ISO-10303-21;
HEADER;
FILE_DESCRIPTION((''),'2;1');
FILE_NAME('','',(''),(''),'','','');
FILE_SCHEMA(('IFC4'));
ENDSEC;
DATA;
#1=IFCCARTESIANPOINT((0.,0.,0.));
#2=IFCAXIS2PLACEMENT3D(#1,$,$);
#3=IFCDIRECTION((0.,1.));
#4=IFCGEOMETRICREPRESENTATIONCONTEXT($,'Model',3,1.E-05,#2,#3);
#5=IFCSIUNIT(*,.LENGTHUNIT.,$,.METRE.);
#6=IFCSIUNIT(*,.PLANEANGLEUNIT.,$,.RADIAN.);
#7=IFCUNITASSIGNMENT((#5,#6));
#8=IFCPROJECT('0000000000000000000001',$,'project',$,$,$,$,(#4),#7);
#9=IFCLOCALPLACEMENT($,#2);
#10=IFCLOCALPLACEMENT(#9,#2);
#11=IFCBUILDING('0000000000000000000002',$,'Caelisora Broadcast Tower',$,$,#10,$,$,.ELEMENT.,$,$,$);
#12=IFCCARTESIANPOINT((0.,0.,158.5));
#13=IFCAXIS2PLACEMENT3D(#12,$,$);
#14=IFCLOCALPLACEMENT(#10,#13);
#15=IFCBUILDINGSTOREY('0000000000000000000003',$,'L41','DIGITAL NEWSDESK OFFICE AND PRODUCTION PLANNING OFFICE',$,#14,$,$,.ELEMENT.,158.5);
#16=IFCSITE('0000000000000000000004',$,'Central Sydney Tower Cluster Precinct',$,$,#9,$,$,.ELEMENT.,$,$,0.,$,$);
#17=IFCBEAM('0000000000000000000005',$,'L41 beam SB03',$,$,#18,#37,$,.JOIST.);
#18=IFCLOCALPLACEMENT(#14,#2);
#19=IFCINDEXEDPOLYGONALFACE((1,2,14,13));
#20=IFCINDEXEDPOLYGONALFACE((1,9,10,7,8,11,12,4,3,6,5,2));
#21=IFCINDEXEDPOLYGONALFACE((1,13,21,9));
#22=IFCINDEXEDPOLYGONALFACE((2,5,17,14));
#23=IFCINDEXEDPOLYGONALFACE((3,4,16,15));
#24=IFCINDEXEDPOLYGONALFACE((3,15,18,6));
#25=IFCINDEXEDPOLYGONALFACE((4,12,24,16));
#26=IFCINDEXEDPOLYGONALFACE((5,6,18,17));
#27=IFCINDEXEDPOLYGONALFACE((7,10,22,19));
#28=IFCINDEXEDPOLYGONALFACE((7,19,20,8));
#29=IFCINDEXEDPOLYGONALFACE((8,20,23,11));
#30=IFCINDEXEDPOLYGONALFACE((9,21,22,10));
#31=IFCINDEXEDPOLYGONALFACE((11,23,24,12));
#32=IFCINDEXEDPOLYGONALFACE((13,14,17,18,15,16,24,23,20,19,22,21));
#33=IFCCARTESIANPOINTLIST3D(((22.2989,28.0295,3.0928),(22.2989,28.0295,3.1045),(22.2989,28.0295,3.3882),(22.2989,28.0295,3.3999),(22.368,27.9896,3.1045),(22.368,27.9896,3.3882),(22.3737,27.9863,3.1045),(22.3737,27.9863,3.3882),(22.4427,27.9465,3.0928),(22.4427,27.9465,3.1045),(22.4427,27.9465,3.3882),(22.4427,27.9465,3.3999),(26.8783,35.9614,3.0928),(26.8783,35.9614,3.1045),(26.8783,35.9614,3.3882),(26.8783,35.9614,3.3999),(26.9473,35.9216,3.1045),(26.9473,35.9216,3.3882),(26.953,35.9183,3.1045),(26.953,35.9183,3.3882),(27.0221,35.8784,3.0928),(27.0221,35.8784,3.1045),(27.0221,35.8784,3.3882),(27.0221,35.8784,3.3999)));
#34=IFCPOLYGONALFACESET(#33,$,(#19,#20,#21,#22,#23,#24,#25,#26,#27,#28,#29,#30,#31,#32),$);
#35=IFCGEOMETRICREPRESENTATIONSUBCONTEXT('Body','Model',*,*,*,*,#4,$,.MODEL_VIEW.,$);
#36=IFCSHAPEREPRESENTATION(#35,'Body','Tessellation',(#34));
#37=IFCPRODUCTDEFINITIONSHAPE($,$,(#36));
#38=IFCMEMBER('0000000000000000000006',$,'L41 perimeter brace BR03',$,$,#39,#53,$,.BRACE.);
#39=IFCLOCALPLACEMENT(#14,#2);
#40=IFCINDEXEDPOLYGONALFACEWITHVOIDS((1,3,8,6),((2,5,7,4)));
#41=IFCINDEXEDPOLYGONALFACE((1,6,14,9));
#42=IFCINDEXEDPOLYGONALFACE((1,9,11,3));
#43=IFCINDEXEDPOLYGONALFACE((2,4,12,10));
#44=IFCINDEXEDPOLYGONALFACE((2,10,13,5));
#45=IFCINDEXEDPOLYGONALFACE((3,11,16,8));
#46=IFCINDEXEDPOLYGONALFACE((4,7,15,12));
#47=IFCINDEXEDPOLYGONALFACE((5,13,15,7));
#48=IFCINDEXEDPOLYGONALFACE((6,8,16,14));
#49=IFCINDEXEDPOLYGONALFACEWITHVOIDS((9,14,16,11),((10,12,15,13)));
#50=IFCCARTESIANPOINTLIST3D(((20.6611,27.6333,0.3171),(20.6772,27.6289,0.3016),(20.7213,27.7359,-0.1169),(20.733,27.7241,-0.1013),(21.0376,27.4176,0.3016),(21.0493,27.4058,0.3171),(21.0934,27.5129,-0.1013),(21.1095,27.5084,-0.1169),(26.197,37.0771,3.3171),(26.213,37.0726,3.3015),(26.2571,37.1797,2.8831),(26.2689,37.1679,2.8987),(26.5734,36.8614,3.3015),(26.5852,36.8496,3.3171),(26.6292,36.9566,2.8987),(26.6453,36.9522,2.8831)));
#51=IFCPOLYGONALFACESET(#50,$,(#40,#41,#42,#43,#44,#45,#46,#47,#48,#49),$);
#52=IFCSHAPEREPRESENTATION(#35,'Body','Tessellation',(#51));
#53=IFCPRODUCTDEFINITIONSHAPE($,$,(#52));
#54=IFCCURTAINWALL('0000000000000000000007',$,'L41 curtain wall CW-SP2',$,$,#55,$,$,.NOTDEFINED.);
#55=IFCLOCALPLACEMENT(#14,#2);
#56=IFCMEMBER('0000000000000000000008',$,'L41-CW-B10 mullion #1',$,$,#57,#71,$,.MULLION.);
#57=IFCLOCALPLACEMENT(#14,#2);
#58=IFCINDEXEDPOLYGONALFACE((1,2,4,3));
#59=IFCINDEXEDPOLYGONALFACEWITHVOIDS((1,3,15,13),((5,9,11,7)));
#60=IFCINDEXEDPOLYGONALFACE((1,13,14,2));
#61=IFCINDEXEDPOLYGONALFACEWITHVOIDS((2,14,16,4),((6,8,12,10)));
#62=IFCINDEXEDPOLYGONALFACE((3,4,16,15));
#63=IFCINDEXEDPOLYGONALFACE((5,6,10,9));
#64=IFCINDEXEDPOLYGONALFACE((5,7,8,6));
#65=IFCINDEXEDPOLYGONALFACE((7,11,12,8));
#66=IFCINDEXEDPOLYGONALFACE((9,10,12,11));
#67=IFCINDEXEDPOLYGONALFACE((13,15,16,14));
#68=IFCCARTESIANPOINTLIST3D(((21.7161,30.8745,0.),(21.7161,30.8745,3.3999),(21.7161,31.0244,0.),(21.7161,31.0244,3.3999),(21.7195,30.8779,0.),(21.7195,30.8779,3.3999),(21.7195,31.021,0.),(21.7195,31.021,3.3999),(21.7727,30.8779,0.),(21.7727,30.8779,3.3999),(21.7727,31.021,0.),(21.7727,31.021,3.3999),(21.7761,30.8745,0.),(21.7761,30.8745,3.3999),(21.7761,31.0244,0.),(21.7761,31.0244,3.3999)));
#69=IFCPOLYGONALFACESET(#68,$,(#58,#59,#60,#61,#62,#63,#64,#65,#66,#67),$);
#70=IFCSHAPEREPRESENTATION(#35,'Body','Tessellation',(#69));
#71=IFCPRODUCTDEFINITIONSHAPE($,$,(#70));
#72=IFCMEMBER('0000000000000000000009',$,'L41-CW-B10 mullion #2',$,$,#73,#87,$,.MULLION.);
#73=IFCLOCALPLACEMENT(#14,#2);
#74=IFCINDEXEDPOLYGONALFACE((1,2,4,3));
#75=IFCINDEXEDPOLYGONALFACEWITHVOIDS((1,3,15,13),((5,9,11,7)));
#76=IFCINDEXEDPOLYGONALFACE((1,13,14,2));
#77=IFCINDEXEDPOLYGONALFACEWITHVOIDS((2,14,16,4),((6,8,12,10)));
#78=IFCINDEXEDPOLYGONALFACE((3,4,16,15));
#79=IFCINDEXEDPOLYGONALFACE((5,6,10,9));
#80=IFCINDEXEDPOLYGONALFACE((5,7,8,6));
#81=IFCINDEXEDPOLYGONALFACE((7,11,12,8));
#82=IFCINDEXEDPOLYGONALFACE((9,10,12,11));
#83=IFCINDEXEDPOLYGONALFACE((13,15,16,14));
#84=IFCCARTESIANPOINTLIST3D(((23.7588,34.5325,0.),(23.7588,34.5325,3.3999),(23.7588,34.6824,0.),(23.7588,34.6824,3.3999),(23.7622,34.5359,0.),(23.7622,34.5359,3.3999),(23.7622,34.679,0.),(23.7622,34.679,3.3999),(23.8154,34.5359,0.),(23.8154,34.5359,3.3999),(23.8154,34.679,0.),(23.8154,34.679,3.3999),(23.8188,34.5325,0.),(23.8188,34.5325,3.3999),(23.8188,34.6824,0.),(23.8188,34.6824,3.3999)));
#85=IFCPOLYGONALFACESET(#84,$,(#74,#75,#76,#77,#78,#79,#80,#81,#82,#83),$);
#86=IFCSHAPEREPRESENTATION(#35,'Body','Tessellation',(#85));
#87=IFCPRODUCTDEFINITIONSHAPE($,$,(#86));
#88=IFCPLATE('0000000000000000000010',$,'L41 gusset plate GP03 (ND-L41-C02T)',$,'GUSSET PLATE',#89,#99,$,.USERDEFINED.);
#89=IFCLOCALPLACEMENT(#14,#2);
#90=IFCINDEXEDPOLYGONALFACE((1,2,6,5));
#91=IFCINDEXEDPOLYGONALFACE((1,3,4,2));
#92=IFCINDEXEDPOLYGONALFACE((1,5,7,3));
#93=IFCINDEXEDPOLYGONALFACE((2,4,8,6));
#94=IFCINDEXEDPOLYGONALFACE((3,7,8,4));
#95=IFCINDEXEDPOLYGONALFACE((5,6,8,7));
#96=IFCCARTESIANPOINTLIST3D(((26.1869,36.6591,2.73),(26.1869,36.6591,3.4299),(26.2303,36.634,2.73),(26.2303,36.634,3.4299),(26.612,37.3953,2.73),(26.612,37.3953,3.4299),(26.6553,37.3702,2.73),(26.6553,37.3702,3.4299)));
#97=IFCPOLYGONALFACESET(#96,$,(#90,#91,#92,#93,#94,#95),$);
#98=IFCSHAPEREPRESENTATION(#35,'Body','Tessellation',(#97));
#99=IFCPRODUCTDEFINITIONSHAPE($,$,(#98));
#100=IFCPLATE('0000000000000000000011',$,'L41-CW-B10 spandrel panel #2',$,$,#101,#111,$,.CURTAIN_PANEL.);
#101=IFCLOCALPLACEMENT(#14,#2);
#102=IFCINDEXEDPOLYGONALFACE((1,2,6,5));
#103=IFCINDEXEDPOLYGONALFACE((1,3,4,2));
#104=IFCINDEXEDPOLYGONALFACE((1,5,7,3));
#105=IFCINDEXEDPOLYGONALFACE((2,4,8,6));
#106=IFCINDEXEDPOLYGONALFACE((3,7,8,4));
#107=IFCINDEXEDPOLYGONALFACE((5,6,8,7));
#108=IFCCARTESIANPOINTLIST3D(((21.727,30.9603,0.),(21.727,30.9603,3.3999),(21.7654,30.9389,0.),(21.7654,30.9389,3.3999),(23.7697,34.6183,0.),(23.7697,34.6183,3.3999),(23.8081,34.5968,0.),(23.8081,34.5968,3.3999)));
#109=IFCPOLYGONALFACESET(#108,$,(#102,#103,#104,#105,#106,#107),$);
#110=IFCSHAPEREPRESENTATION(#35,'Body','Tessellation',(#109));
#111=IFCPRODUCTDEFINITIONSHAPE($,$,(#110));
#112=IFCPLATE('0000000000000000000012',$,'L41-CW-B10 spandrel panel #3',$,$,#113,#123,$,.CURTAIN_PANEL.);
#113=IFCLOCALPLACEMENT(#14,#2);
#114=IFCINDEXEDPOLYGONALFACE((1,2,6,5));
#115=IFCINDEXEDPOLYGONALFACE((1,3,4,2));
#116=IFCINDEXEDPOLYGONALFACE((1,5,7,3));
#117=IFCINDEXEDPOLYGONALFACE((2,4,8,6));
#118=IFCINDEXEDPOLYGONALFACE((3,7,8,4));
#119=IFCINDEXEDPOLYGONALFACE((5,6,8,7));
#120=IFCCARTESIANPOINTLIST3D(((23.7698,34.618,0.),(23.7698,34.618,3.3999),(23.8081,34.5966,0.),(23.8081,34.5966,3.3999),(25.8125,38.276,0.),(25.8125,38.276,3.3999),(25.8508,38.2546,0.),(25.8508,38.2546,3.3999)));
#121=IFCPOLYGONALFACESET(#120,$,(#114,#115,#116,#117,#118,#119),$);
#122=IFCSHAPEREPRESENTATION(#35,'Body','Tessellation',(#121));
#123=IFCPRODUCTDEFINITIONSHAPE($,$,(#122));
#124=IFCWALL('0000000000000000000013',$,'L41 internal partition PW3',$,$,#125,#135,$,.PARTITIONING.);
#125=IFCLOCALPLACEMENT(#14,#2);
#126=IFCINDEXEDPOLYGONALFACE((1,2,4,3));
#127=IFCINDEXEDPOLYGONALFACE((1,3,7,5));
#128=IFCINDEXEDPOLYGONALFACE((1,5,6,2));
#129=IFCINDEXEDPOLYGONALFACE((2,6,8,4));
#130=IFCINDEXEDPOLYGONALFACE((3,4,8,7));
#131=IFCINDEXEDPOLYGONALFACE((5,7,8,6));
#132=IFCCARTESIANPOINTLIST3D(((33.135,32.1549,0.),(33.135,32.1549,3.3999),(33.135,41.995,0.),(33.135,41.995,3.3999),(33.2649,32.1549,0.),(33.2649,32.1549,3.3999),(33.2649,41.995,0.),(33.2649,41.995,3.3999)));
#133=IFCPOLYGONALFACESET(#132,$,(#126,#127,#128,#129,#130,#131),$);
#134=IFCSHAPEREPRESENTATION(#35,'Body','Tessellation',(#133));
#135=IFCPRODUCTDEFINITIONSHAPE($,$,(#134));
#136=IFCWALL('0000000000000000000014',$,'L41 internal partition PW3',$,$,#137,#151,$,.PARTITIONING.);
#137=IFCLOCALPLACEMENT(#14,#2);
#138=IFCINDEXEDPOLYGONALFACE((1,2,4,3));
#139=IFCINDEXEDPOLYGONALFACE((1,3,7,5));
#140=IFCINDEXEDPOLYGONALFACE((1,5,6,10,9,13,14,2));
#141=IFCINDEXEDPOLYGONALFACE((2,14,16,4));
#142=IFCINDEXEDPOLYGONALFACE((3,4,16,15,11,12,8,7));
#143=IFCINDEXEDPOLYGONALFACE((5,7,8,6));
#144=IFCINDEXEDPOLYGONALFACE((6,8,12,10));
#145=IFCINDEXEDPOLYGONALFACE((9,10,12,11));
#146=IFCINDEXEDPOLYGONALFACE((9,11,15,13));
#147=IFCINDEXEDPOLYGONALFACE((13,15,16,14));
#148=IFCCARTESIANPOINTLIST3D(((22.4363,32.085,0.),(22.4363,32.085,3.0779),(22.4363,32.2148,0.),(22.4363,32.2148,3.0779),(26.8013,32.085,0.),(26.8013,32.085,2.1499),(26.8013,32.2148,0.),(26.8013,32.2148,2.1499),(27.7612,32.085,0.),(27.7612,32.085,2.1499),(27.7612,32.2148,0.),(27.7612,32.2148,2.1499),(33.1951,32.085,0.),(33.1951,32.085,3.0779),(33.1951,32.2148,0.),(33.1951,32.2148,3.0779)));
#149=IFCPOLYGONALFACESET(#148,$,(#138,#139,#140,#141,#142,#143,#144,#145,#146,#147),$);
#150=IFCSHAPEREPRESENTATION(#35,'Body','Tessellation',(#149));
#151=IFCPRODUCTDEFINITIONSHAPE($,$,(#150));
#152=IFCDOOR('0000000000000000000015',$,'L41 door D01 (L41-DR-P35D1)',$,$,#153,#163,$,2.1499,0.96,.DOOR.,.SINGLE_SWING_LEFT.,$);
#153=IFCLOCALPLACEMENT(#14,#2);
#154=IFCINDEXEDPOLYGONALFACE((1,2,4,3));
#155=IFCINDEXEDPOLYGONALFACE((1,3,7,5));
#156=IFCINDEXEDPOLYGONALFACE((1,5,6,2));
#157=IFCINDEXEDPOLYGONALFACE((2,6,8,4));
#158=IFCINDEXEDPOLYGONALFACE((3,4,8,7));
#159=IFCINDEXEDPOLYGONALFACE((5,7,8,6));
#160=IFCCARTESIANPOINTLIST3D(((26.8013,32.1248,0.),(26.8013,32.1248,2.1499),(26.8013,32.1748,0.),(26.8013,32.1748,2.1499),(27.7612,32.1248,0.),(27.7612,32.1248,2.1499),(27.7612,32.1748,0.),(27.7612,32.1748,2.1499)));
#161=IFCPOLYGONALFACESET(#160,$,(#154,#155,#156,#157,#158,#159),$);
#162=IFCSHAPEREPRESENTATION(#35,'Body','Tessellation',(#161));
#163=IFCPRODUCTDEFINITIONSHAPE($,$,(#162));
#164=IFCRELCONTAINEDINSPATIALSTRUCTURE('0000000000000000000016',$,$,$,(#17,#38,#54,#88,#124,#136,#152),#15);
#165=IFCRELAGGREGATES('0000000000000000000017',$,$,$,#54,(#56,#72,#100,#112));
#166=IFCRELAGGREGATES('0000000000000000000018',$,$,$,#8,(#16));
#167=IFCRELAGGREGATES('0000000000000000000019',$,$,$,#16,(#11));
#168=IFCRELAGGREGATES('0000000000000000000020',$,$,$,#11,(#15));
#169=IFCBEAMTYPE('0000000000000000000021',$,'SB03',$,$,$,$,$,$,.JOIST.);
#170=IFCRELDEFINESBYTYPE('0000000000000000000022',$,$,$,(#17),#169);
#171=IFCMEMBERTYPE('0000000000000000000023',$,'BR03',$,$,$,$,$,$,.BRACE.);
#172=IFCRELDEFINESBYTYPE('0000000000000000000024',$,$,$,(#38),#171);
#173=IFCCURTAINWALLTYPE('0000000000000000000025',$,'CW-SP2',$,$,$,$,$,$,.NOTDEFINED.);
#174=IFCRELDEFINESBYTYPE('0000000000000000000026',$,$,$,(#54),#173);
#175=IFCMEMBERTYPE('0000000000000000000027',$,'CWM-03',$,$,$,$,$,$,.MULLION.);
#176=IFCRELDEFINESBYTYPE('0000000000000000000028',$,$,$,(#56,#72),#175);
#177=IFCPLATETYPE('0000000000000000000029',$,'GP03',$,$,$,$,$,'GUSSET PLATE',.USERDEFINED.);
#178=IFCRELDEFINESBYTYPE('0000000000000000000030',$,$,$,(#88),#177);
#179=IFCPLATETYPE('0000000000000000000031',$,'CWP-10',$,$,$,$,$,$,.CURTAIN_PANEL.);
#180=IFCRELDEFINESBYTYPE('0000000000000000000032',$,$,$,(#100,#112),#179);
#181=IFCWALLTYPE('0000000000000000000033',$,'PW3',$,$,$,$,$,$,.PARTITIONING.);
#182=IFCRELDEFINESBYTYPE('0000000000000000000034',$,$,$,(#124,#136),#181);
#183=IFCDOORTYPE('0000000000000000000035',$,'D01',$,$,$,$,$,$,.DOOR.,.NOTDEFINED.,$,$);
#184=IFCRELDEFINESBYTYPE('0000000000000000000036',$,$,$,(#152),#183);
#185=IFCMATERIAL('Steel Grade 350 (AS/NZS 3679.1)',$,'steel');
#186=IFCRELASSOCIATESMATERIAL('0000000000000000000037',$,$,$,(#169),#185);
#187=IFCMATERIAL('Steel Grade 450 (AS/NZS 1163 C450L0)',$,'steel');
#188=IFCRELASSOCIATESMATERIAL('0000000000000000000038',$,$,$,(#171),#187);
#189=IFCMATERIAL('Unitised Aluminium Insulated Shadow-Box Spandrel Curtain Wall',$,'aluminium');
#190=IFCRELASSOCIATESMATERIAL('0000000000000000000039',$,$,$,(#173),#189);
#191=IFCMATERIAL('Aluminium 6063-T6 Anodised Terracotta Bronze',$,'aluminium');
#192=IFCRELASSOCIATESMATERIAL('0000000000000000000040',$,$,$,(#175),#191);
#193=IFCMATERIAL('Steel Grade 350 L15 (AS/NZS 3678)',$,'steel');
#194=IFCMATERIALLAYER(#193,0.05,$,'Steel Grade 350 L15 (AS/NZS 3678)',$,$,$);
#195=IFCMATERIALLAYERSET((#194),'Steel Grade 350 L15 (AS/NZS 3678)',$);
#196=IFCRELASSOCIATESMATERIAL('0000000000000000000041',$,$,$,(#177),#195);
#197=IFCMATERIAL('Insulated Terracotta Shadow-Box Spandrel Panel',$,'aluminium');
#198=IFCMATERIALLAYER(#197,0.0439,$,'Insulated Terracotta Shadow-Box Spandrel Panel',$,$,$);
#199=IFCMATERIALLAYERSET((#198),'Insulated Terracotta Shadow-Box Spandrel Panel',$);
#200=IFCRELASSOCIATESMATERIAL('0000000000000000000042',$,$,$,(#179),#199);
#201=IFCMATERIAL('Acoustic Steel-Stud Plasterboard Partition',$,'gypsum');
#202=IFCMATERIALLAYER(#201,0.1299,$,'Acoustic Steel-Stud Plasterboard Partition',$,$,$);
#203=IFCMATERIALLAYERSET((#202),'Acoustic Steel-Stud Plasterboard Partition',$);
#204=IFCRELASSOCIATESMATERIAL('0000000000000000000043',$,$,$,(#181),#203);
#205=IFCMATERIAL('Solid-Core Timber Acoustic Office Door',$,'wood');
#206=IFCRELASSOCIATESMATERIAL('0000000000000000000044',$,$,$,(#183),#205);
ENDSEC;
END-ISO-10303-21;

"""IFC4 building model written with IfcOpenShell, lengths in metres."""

from ifc_helpers import new_model, si_unit, direction, frame, frame_2d, origin, origin_2d, place, context, subcontext, project, spatial, rectangle, hollow_rectangle, i_section, extrude, source, transform, mapped, material, layer, layer_set, material_profile, profile_set, type_object, type_shapes, element, fill, aggregate, save


model = new_model("IFC4")

# Units and contexts
model_context = context("Model", 3, precision=1e-05, world=origin(), true_north=direction((0.0, 1.0)))
body_context = subcontext(model_context, "Body", "Model", "MODEL_VIEW")
ifc_project = project(units=[si_unit("LENGTHUNIT", "METRE"), si_unit("PLANEANGLEUNIT", "RADIAN")], contexts=[model_context])

# Site, building, storey
site_placement = place(None, origin())
site = spatial("IfcSite", under=ifc_project, at=site_placement, Name="Central Sydney Tower Cluster Precinct", CompositionType="ELEMENT", RefElevation=0.0)
building_placement = place(site_placement, origin())
building = spatial("IfcBuilding", under=site, at=building_placement, Name="Caelisora Broadcast Tower", CompositionType="ELEMENT")
storey_placement = place(building_placement, frame((0.0, 0.0, 158.5)))
storey = spatial("IfcBuildingStorey", under=building, at=storey_placement, Name="L41", Description="DIGITAL NEWSDESK OFFICE AND PRODUCTION PLANNING OFFICE", CompositionType="ELEMENT", Elevation=158.5)

# Shared definitions
ifc_material_1 = material(Name="Steel Grade 350 L15 (AS/NZS 3678)", Category="steel")

# Beam
ifc_material_2 = material(Name="Steel Grade 350 (AS/NZS 3679.1)", Category="steel")
ifc_material_profile_1 = material_profile(ifc_material_2, i_section(OverallWidth=0.166, OverallDepth=0.3071, WebThickness=0.0066, FlangeThickness=0.0117, at=origin_2d()), Name="Steel Grade 350 (AS/NZS 3679.1)")
ifc_profile_set_1 = profile_set([ifc_material_profile_1], Name="Steel Grade 350 (AS/NZS 3679.1)")
beam_type_1 = type_object("IfcBeamType", Name="SB03", PredefinedType="JOIST", material=ifc_profile_set_1)
shared_shape_1 = source(origin(), body_context, "Body", "SweptSolid", [
    extrude(i_section(OverallWidth=0.166, OverallDepth=0.3071, WebThickness=0.0066, FlangeThickness=0.0117, at=origin_2d()), origin(), (0.0, 0.0, 1.0), 9.1589),
])
beam_1_placement = place(storey_placement, frame((26.9502, 35.9199, 3.2463), z_axis=(-0.499989, -0.866032, 0.0), x_axis=(0.866032, -0.499989, 0.0)))
element("IfcBeam", 1, at=beam_1_placement, inside=storey, type_object=beam_type_1, Name="L41 beam SB03", PredefinedType="JOIST", context=body_context, shape_type="MappedRepresentation", body=[
    mapped(shared_shape_1, transform((0.0, 0.0, 0.0), scale=1.0)),
])

# Member
ifc_material_3 = material(Name="Steel Grade 450 (AS/NZS 1163 C450L0)", Category="steel")
ifc_material_profile_2 = material_profile(ifc_material_3, hollow_rectangle(XDim=0.45, YDim=0.45, WallThickness=0.0161, at=origin_2d()), Name="Steel Grade 450 (AS/NZS 1163 C450L0)")
ifc_profile_set_2 = profile_set([ifc_material_profile_2], Name="Steel Grade 450 (AS/NZS 1163 C450L0)")
member_type_1 = type_object("IfcMemberType", Name="BR03", PredefinedType="BRACE", material=ifc_profile_set_2)
shared_shape_2 = source(origin(), body_context, "Body", "SweptSolid", [
    extrude(hollow_rectangle(XDim=0.45, YDim=0.45, WallThickness=0.0161, at=origin_2d()), origin(), (0.0, 0.0, 1.0), 11.3503),
])
type_shapes(member_type_1, [shared_shape_2])
member_1_placement = place(storey_placement, frame((26.4211, 37.0146, 3.1001), z_axis=(-0.487725, -0.832025, -0.264307), x_axis=(0.862704, -0.505709, 0.0)))
element("IfcMember", 2, at=member_1_placement, inside=storey, type_object=member_type_1, Name="L41 perimeter brace BR03", PredefinedType="BRACE", context=body_context, shape_type="MappedRepresentation", body=[
    mapped(shared_shape_2, transform((0.0, 0.0, 0.0), scale=1.0)),
])

# Curtain wall, members
ifc_material_4 = material(Name="Unitised Aluminium Insulated Shadow-Box Spandrel Curtain Wall", Category="aluminium")
curtain_wall_type = type_object("IfcCurtainWallType", Name="CW-SP2", PredefinedType="NOTDEFINED", material=ifc_material_4)
curtain_wall_placement = place(storey_placement, origin())
curtain_wall = element("IfcCurtainWall", 3, at=curtain_wall_placement, inside=storey, type_object=curtain_wall_type, Name="L41 curtain wall CW-SP2", PredefinedType="NOTDEFINED")
ifc_material_5 = material(Name="Aluminium 6063-T6 Anodised Terracotta Bronze", Category="aluminium")
ifc_material_profile_3 = material_profile(ifc_material_5, hollow_rectangle(XDim=0.0601, YDim=0.1499, WallThickness=0.0034, at=origin_2d()), Name="Aluminium 6063-T6 Anodised Terracotta Bronze")
ifc_profile_set_3 = profile_set([ifc_material_profile_3], Name="Aluminium 6063-T6 Anodised Terracotta Bronze")
member_type_2 = type_object("IfcMemberType", Name="CWM-03", PredefinedType="MULLION", material=ifc_profile_set_3)
shared_shape_3 = source(origin(), body_context, "Body", "SweptSolid", [
    extrude(hollow_rectangle(XDim=0.0601, YDim=0.1499, WallThickness=0.0034, at=origin_2d()), origin(), (0.0, 0.0, 1.0), 3.3999),
])
type_shapes(member_type_2, [shared_shape_3])
member_2_placement = place(storey_placement, frame((21.7461, 30.9495, 0.0), z_axis=(0.0, 0.0, 1.0), x_axis=(1.0, 0.0, 0.0)))
member_2 = element("IfcMember", 4, at=member_2_placement, type_object=member_type_2, Name="L41-CW-B10 mullion #1", PredefinedType="MULLION", context=body_context, shape_type="MappedRepresentation", body=[
    mapped(shared_shape_3, transform((0.0, 0.0, 0.0), scale=1.0)),
])
member_3_placement = place(storey_placement, frame((23.7888, 34.6074, 0.0), z_axis=(0.0, 0.0, 1.0), x_axis=(1.0, 0.0, 0.0)))
member_3 = element("IfcMember", 5, at=member_3_placement, type_object=member_type_2, Name="L41-CW-B10 mullion #2", PredefinedType="MULLION", context=body_context, shape_type="MappedRepresentation", body=[
    mapped(shared_shape_3, transform((0.0, 0.0, 0.0), scale=1.0)),
])

# Plates
ifc_layer_1 = layer(ifc_material_1, 0.05, Name="Steel Grade 350 L15 (AS/NZS 3678)")
ifc_layer_set_1 = layer_set([ifc_layer_1], Name="Steel Grade 350 L15 (AS/NZS 3678)")
plate_type_1 = type_object("IfcPlateType", Name="GP03", ElementType="GUSSET PLATE", PredefinedType="USERDEFINED", material=ifc_layer_set_1)
shared_shape_4 = source(origin(), body_context, "Body", "SweptSolid", [
    extrude(rectangle(XDim=0.8501, YDim=0.05, at=origin_2d()), origin(), (0.0, 0.0, 1.0), 0.7),
])
type_shapes(plate_type_1, [shared_shape_4])
plate_1_placement = place(storey_placement, frame((26.4211, 37.0146, 2.73), z_axis=(0.0, 0.0, 1.0), x_axis=(-0.5, -0.866025, 0.0)))
element("IfcPlate", 6, at=plate_1_placement, inside=storey, type_object=plate_type_1, Name="L41 gusset plate GP03 (ND-L41-C02T)", ObjectType="GUSSET PLATE", PredefinedType="USERDEFINED", context=body_context, shape_type="MappedRepresentation", body=[
    mapped(shared_shape_4, transform((0.0, 0.0, 0.0), scale=1.0)),
])
ifc_material_6 = material(Name="Insulated Terracotta Shadow-Box Spandrel Panel", Category="aluminium")
ifc_layer_2 = layer(ifc_material_6, 0.0439, Name="Insulated Terracotta Shadow-Box Spandrel Panel")
ifc_layer_set_2 = layer_set([ifc_layer_2], Name="Insulated Terracotta Shadow-Box Spandrel Panel")
plate_type_2 = type_object("IfcPlateType", Name="CWP-10", PredefinedType="CURTAIN_PANEL", material=ifc_layer_set_2)
shared_shape_5 = source(origin(), body_context, "Body", "SweptSolid", [
    extrude(rectangle(XDim=4.1897, YDim=0.0439, at=origin_2d()), origin(), (0.0, 0.0, 1.0), 3.3999),
])
type_shapes(plate_type_2, [shared_shape_5])
plate_2_placement = place(storey_placement, frame((22.7676, 32.7786, 0.0), z_axis=(0.0, 0.0, 1.0), x_axis=(0.487555, 0.873092, 0.0)))
plate_2 = element("IfcPlate", 7, at=plate_2_placement, type_object=plate_type_2, Name="L41-CW-B10 spandrel panel #2", PredefinedType="CURTAIN_PANEL", context=body_context, shape_type="MappedRepresentation", body=[
    mapped(shared_shape_5, transform((0.0, 0.0, 0.0), scale=1.0)),
])
plate_3_placement = place(storey_placement, frame((24.8103, 36.4363, 0.0), z_axis=(0.0, 0.0, 1.0), x_axis=(0.487555, 0.873092, 0.0)))
plate_3 = element("IfcPlate", 8, at=plate_3_placement, type_object=plate_type_2, Name="L41-CW-B10 spandrel panel #3", PredefinedType="CURTAIN_PANEL", context=body_context, shape_type="MappedRepresentation", body=[
    mapped(shared_shape_5, transform((0.0, 0.0, 0.0), scale=1.0)),
])
aggregate(curtain_wall, [member_2, member_3, plate_2, plate_3])

# Wall
ifc_material_7 = material(Name="Acoustic Steel-Stud Plasterboard Partition", Category="gypsum")
ifc_layer_3 = layer(ifc_material_7, 0.1299, Name="Acoustic Steel-Stud Plasterboard Partition")
ifc_layer_set_3 = layer_set([ifc_layer_3], Name="Acoustic Steel-Stud Plasterboard Partition")
wall_type = type_object("IfcWallType", Name="PW3", PredefinedType="PARTITIONING", material=ifc_layer_set_3)
wall_1_placement = place(storey_placement, frame((33.2, 32.155, 0.0), z_axis=(0.0, 0.0, 1.0), x_axis=(0.0, 1.0, 0.0)))
element("IfcWall", 9, at=wall_1_placement, inside=storey, type_object=wall_type, Name="L41 internal partition PW3", PredefinedType="PARTITIONING", context=body_context, shape_type="SweptSolid", body=[
    extrude(rectangle(XDim=9.8401, YDim=0.1299, at=frame_2d((4.9199, 0.0))), origin(), (0.0, 0.0, 1.0), 3.3999),
])

# Wall, opening, door
wall_2_placement = place(storey_placement, frame((22.4363, 32.1499, 0.0), z_axis=(0.0, 0.0, 1.0), x_axis=(1.0, 0.0, 0.0)))
wall_2 = element("IfcWall", 10, at=wall_2_placement, inside=storey, type_object=wall_type, Name="L41 internal partition PW3", PredefinedType="PARTITIONING", context=body_context, shape_type="SweptSolid", body=[
    extrude(rectangle(XDim=10.7588, YDim=0.1299, at=frame_2d((5.3794, 0.0))), origin(), (0.0, 0.0, 1.0), 3.0779),
])
opening_1_placement = place(wall_2_placement, frame((4.365, 0.0, 0.0)))
opening_1 = element("IfcOpeningElement", 11, at=opening_1_placement, cuts=wall_2, PredefinedType="OPENING", context=body_context, shape_type="SweptSolid", body=[
    extrude(rectangle(XDim=0.96, YDim=2.1499, at=frame_2d((0.48, 1.075))), frame((0.0, 0.0769, 0.0), z_axis=(0.0, -1.0, 0.0), x_axis=(1.0, 0.0, 0.0)), (0.0, 0.0, 1.0), 0.1538),
])
ifc_material_8 = material(Name="Solid-Core Timber Acoustic Office Door", Category="wood")
door_type = type_object("IfcDoorType", Name="D01", OperationType="NOTDEFINED", PredefinedType="DOOR", material=ifc_material_8)
door_1_placement = place(opening_1_placement, origin())
door_1 = element("IfcDoor", 12, at=door_1_placement, inside=storey, type_object=door_type, Name="L41 door D01 (L41-DR-P35D1)", OperationType="SINGLE_SWING_LEFT", OverallHeight=2.1499, OverallWidth=0.96, PredefinedType="DOOR", context=body_context, shape_type="SweptSolid", body=[
    extrude(rectangle(XDim=0.96, YDim=2.1499, at=frame_2d((0.48, 1.075))), frame((0.0, 0.0249, 0.0), z_axis=(0.0, -1.0, 0.0), x_axis=(1.0, 0.0, 0.0)), (0.0, 0.0, 1.0), 0.05),
])
fill(opening_1, door_1)

save(model, "model.ifc")
